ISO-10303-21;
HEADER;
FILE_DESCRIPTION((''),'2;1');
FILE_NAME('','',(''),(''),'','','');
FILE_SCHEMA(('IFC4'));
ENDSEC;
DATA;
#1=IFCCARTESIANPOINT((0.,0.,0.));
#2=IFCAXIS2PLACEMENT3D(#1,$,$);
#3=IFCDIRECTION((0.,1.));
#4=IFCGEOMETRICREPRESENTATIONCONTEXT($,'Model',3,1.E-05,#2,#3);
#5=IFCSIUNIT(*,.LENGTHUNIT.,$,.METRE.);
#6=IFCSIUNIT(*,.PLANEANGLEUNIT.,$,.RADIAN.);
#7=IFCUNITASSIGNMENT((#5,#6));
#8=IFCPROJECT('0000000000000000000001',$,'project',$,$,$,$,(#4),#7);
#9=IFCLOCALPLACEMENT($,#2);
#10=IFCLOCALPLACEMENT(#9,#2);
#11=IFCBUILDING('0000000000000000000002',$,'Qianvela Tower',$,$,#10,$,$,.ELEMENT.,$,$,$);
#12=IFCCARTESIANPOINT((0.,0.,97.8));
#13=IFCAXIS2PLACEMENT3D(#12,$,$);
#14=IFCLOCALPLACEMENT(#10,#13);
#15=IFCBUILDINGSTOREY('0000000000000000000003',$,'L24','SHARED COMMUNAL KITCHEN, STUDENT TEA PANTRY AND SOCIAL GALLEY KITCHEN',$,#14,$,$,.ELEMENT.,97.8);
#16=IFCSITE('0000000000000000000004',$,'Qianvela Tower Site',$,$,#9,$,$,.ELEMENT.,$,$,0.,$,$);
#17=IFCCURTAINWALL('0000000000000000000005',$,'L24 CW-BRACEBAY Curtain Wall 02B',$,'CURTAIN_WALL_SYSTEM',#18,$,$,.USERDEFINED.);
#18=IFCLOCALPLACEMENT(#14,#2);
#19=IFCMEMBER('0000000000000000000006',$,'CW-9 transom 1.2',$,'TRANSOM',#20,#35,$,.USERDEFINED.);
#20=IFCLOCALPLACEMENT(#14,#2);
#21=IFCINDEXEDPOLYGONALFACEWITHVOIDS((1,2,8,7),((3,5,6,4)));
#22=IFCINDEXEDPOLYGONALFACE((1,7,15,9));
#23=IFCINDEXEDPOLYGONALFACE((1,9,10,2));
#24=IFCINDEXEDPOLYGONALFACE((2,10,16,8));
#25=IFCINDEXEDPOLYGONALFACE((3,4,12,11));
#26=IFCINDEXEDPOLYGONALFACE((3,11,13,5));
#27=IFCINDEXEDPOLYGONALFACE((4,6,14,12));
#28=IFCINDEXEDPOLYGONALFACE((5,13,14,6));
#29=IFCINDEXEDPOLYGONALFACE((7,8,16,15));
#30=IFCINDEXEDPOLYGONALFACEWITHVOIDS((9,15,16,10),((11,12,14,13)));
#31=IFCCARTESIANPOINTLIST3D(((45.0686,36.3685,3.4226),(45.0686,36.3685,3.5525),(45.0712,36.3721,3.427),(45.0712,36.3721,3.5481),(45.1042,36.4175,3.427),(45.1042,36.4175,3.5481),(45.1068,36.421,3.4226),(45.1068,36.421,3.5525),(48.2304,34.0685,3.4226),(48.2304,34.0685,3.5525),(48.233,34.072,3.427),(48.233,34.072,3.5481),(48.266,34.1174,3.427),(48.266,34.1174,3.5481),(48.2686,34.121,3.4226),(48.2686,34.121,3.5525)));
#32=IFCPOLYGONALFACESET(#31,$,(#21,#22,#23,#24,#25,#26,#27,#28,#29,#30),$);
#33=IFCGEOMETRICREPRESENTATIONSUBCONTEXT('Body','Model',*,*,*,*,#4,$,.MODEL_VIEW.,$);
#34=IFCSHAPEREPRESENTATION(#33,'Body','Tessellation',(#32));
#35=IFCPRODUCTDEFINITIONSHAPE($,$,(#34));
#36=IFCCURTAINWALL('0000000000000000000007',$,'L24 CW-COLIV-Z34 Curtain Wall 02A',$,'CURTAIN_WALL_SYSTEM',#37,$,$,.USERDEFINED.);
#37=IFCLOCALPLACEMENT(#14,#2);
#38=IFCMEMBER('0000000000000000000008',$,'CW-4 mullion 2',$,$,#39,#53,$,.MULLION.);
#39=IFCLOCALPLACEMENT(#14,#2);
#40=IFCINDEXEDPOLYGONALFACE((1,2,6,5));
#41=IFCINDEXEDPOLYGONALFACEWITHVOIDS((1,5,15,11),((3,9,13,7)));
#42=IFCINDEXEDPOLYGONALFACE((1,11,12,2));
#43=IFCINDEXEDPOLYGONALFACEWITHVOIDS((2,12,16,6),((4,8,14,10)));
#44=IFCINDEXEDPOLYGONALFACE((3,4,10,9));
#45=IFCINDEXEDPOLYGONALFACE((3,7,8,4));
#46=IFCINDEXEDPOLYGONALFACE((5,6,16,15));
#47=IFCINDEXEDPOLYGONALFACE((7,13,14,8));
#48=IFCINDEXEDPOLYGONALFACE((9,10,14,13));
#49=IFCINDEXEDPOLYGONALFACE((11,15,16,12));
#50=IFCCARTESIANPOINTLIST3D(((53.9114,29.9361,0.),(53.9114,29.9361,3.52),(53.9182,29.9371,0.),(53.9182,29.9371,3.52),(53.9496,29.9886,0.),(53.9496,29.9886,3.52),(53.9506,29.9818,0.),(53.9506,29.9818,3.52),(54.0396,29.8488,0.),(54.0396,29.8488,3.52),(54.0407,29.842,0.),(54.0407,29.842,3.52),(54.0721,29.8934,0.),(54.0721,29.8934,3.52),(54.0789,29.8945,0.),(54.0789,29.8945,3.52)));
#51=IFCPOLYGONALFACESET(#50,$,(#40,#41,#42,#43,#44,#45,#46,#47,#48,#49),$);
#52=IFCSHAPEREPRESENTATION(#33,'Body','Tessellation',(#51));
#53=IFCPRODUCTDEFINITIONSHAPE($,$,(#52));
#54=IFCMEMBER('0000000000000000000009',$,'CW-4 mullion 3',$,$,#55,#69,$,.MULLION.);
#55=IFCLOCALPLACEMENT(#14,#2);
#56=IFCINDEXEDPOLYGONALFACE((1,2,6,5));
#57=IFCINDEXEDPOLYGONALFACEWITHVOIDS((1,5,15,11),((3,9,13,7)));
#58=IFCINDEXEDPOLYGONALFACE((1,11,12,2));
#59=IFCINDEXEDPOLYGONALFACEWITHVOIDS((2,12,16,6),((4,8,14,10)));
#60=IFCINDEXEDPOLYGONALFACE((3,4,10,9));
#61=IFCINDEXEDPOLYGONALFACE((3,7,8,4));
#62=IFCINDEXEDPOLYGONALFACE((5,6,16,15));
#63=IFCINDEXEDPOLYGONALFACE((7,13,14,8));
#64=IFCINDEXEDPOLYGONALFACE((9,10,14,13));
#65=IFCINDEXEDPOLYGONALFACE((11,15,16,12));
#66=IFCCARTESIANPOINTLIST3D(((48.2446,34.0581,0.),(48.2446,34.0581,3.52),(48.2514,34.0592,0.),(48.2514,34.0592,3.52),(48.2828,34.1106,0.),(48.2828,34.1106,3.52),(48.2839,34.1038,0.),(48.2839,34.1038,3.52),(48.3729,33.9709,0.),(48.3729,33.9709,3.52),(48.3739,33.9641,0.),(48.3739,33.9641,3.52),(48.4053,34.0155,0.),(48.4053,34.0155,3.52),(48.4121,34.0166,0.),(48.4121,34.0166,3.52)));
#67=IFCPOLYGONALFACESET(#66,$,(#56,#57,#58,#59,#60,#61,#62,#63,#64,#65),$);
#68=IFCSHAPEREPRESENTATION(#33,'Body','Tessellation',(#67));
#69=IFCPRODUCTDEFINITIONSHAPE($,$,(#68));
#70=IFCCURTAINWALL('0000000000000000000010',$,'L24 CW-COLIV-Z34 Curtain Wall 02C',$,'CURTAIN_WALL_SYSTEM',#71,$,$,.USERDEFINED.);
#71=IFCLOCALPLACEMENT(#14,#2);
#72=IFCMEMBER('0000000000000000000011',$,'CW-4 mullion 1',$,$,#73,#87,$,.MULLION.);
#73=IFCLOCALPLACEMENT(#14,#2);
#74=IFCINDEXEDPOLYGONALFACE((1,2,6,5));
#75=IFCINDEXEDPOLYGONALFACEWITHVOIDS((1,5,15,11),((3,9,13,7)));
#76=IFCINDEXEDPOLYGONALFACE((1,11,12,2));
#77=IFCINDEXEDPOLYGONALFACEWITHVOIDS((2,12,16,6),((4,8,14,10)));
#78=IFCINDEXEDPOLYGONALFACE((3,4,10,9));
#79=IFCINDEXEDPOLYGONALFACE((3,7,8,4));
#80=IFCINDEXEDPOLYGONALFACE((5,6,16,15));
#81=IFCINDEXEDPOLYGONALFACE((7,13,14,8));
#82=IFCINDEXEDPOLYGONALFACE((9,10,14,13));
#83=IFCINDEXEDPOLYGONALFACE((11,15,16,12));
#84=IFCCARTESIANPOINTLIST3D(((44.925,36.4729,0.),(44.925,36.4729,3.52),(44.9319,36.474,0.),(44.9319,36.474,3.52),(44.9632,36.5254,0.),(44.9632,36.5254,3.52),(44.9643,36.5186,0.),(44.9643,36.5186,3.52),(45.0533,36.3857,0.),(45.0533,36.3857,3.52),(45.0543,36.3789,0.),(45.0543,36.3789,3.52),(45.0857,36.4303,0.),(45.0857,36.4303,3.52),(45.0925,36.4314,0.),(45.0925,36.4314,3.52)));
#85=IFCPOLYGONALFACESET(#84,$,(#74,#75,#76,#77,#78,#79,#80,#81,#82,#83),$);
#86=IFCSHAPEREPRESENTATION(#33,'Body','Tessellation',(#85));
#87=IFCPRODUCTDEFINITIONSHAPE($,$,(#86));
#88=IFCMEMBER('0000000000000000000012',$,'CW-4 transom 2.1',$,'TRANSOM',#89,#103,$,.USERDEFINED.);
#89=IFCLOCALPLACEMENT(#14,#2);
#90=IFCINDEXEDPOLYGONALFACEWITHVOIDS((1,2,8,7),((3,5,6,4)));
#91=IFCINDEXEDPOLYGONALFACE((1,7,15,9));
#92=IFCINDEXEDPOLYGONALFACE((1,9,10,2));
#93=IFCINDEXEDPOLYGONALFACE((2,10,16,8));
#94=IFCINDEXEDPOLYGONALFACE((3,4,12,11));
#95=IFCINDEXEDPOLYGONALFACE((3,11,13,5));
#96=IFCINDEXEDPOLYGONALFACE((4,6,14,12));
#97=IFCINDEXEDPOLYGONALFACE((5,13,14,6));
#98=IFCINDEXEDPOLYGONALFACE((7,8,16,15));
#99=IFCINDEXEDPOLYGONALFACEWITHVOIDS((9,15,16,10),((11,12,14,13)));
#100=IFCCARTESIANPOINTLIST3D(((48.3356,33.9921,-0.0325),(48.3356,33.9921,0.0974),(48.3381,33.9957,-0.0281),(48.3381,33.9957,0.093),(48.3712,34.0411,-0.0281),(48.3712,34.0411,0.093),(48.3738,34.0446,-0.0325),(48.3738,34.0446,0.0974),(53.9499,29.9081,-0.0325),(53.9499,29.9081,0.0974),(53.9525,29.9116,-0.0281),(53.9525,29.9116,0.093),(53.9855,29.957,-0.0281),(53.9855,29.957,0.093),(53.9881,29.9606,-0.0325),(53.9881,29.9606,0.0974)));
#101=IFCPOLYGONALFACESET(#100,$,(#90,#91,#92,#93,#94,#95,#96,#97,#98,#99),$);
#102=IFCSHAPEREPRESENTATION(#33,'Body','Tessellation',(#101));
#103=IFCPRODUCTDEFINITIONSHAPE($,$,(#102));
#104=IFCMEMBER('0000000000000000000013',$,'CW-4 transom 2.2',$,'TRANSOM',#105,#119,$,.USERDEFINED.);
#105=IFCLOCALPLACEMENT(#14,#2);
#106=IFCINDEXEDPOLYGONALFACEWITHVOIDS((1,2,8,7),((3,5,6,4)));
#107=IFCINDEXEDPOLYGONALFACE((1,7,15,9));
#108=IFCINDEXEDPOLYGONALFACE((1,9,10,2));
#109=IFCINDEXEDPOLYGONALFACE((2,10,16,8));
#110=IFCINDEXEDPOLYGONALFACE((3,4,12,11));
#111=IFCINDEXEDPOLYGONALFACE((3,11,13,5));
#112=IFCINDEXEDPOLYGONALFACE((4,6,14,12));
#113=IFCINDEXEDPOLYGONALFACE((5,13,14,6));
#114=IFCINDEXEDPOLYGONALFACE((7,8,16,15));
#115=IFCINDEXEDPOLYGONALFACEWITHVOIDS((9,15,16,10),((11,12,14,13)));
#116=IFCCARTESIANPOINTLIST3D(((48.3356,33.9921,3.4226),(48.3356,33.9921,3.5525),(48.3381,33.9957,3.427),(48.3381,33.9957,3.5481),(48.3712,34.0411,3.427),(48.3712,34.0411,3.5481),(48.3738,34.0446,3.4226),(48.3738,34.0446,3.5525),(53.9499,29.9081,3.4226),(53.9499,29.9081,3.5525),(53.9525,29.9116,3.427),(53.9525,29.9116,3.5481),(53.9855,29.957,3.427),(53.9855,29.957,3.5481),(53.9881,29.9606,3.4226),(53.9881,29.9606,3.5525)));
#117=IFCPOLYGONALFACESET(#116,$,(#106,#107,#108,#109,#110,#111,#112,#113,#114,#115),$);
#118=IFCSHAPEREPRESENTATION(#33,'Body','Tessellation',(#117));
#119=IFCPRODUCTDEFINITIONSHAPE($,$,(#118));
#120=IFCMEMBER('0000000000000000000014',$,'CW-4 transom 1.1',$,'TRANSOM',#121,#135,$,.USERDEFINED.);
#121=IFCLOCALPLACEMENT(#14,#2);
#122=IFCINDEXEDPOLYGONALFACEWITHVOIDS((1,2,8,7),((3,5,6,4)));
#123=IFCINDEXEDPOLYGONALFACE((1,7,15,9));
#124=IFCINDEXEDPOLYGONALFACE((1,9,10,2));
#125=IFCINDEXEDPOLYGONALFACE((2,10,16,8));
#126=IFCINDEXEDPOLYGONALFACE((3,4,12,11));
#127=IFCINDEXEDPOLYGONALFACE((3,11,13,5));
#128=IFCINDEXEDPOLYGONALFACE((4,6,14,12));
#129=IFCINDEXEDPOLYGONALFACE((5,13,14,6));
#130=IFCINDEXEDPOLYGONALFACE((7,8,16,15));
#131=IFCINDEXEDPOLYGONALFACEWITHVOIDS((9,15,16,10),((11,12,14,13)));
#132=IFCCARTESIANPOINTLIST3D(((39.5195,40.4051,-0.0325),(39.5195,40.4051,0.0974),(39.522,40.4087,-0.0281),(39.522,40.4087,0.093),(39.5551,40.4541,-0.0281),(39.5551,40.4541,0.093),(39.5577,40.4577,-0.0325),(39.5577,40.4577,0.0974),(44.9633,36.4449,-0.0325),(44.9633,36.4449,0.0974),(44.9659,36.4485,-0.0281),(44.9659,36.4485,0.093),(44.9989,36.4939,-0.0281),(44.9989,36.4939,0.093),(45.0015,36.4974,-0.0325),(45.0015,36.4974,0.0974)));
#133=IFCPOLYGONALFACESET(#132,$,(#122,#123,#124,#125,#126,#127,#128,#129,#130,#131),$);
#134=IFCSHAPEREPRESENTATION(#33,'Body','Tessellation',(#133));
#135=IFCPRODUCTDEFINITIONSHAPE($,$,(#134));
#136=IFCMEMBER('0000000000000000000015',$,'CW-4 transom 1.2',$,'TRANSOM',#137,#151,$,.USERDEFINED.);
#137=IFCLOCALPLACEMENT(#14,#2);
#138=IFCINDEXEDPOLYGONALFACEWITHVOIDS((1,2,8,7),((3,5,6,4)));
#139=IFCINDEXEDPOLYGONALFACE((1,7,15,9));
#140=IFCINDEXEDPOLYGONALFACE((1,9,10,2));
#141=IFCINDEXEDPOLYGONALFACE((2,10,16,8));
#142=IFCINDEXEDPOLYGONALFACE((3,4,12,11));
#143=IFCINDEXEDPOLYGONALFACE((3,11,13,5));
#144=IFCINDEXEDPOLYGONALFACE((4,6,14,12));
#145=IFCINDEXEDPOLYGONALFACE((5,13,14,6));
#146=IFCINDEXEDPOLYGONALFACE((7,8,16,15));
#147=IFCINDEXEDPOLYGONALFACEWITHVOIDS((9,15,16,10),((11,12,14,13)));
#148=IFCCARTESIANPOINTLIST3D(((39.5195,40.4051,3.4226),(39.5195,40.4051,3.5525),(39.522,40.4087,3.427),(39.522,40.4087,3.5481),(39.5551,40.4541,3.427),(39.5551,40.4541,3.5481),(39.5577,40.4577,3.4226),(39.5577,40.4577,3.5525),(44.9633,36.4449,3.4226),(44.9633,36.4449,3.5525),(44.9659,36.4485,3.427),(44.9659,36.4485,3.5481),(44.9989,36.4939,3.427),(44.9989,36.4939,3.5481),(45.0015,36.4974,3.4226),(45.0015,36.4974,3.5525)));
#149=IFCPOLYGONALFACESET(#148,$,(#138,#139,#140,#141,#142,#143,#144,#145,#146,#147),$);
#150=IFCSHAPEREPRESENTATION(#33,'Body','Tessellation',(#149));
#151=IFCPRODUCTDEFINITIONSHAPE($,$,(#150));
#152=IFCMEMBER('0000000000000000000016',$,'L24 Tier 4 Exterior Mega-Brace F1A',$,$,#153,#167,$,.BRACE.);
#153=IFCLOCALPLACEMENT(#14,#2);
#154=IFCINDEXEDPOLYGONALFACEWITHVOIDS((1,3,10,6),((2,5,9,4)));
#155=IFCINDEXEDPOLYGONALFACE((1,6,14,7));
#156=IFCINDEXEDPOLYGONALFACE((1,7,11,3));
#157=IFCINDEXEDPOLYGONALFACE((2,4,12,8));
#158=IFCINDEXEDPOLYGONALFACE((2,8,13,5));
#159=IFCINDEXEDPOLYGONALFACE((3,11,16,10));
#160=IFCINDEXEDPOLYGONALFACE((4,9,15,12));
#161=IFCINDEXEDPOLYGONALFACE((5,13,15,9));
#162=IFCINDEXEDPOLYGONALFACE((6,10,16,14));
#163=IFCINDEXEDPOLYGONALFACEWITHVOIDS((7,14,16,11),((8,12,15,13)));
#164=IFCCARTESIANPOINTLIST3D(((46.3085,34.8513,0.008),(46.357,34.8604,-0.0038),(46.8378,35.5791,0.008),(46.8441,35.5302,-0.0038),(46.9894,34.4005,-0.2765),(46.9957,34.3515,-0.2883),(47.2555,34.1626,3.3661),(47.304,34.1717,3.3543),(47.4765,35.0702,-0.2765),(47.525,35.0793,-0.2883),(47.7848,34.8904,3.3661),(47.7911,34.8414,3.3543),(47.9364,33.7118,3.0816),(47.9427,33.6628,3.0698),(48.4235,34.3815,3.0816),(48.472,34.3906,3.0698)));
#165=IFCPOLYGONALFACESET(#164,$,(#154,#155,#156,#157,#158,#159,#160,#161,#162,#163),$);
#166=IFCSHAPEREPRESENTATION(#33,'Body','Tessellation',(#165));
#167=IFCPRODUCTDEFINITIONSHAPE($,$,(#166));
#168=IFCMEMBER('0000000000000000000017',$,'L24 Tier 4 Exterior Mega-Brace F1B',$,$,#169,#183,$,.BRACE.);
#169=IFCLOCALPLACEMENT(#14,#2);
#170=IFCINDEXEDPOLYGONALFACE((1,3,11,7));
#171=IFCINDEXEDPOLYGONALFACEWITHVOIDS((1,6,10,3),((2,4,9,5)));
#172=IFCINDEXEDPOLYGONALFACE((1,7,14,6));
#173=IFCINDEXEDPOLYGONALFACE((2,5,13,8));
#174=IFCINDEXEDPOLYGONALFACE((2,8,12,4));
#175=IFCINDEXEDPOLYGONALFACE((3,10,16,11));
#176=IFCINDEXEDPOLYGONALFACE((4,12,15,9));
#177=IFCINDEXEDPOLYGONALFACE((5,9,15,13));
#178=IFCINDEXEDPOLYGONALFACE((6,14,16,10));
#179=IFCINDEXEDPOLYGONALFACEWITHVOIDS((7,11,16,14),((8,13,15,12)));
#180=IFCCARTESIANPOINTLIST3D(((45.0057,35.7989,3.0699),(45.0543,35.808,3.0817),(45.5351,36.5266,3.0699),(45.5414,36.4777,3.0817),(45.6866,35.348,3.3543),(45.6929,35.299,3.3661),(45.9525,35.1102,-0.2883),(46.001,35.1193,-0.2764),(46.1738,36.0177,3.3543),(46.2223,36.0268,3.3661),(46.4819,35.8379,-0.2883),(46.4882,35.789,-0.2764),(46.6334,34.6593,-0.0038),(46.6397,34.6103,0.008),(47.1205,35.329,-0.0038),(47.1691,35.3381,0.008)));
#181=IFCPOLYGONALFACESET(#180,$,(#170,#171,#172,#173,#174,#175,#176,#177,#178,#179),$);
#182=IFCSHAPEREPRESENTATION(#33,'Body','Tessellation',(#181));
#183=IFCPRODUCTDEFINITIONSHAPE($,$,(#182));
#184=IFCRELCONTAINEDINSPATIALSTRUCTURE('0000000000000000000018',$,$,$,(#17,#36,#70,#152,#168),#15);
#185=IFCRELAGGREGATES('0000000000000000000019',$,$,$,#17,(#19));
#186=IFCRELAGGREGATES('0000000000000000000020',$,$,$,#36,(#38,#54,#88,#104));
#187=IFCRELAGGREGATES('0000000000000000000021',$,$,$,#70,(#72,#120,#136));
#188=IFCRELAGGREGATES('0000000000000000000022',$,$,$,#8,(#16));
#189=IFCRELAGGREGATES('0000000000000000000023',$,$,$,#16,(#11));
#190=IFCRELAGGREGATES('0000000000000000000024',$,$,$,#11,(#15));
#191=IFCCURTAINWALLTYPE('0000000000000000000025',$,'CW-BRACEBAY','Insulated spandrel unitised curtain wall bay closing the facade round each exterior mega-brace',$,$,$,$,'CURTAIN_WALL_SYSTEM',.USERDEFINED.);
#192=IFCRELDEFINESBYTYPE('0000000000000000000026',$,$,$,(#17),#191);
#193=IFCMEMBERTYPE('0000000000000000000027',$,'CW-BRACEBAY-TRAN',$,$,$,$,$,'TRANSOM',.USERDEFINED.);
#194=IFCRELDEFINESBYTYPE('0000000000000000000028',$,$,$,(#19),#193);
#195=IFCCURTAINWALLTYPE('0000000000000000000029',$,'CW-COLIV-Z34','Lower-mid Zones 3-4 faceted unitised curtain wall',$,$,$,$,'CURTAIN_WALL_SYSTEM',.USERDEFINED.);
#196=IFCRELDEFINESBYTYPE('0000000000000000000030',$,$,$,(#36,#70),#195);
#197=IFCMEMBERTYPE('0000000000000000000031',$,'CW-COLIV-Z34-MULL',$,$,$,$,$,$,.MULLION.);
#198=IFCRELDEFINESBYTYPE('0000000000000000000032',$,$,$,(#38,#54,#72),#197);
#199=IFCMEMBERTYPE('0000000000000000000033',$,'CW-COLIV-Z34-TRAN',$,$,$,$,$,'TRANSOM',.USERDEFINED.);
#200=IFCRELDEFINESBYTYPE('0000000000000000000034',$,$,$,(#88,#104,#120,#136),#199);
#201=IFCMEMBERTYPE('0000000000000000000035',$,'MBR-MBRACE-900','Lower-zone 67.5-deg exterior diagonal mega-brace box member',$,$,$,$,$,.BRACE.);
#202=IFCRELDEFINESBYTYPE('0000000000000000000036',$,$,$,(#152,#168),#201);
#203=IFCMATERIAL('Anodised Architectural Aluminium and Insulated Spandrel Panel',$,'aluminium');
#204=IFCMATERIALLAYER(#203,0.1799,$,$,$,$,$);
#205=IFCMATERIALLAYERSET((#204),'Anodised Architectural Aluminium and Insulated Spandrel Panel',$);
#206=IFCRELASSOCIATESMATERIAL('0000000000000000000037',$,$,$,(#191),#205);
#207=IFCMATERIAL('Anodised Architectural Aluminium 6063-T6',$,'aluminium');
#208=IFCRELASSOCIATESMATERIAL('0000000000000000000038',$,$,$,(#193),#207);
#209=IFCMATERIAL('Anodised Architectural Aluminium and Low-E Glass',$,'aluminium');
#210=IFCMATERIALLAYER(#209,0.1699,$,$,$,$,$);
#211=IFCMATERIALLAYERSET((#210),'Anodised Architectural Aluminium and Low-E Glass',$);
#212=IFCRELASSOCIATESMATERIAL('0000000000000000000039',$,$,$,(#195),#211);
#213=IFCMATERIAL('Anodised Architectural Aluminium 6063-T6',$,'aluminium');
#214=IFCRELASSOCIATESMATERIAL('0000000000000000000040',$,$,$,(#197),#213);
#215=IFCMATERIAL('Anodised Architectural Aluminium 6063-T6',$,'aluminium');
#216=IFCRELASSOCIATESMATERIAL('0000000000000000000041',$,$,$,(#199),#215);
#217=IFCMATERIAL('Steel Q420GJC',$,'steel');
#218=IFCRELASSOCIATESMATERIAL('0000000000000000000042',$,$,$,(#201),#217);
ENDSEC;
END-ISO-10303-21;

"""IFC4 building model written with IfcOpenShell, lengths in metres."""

from ifc_helpers import new_model, si_unit, direction, frame, origin, origin_2d, place, context, subcontext, project, spatial, hollow_rectangle, extrude, material, layer, layer_set, material_profile, profile_set, type_object, element, aggregate, save


model = new_model("IFC4")

# Units and contexts
model_context = context("Model", 3, precision=1e-05, world=origin(), true_north=direction((0.0, 1.0)))
body_context = subcontext(model_context, "Body", "Model", "MODEL_VIEW")
ifc_project = project(units=[si_unit("LENGTHUNIT", "METRE"), si_unit("PLANEANGLEUNIT", "RADIAN")], contexts=[model_context])

# Site, building, storey
site_placement = place(None, origin())
site = spatial("IfcSite", under=ifc_project, at=site_placement, Name="Qianvela Tower Site", CompositionType="ELEMENT", RefElevation=0.0)
building_placement = place(site_placement, origin())
building = spatial("IfcBuilding", under=site, at=building_placement, Name="Qianvela Tower", CompositionType="ELEMENT")
storey_placement = place(building_placement, frame((0.0, 0.0, 97.8)))
storey = spatial("IfcBuildingStorey", under=building, at=storey_placement, Name="L24", Description="SHARED COMMUNAL KITCHEN, STUDENT TEA PANTRY AND SOCIAL GALLEY KITCHEN", CompositionType="ELEMENT", Elevation=97.8)

# Curtain walls, members
ifc_material_1 = material(Name="Anodised Architectural Aluminium and Insulated Spandrel Panel", Category="aluminium")
ifc_layer_1 = layer(ifc_material_1, 0.1799)
ifc_layer_set_1 = layer_set([ifc_layer_1], Name="Anodised Architectural Aluminium and Insulated Spandrel Panel")
curtain_wall_type_1 = type_object("IfcCurtainWallType", Name="CW-BRACEBAY", Description="Insulated spandrel unitised curtain wall bay closing the facade round each exterior mega-brace", ElementType="CURTAIN_WALL_SYSTEM", PredefinedType="USERDEFINED", material=ifc_layer_set_1)
curtain_wall_1_placement = place(storey_placement, origin())
curtain_wall_1 = element("IfcCurtainWall", 1, at=curtain_wall_1_placement, inside=storey, type_object=curtain_wall_type_1, Name="L24 CW-BRACEBAY Curtain Wall 02B", ObjectType="CURTAIN_WALL_SYSTEM", PredefinedType="USERDEFINED")
ifc_material_2 = material(Name="Anodised Architectural Aluminium 6063-T6", Category="aluminium")
ifc_material_profile_1 = material_profile(ifc_material_2, hollow_rectangle(XDim=0.0649, YDim=0.1299, WallThickness=0.0044, at=origin_2d()), Name="ALU-TRAN-65x130")
ifc_profile_set_1 = profile_set([ifc_material_profile_1], Name="Anodised Architectural Aluminium 6063-T6")
member_type_1 = type_object("IfcMemberType", Name="CW-BRACEBAY-TRAN", ElementType="TRANSOM", PredefinedType="USERDEFINED", material=ifc_profile_set_1)
member_1_placement = place(storey_placement, frame((48.2495, 34.0947, 3.4875), z_axis=(-0.808674, 0.588257, 0.0), x_axis=(-0.588257, -0.808674, 0.0)))
member_1 = element("IfcMember", 2, at=member_1_placement, type_object=member_type_1, Name="CW-9 transom 1.2", ObjectType="TRANSOM", PredefinedType="USERDEFINED", context=body_context, shape_type="SweptSolid", body=[
    extrude(hollow_rectangle(XDim=0.0649, YDim=0.1299, WallThickness=0.0044, at=origin_2d()), origin(), (0.0, 0.0, 1.0), 3.9099),
])
ifc_material_3 = material(Name="Anodised Architectural Aluminium and Low-E Glass", Category="aluminium")
ifc_layer_2 = layer(ifc_material_3, 0.1699)
ifc_layer_set_2 = layer_set([ifc_layer_2], Name="Anodised Architectural Aluminium and Low-E Glass")
curtain_wall_type_2 = type_object("IfcCurtainWallType", Name="CW-COLIV-Z34", Description="Lower-mid Zones 3-4 faceted unitised curtain wall", ElementType="CURTAIN_WALL_SYSTEM", PredefinedType="USERDEFINED", material=ifc_layer_set_2)
curtain_wall_2_placement = place(storey_placement, origin())
curtain_wall_2 = element("IfcCurtainWall", 3, at=curtain_wall_2_placement, inside=storey, type_object=curtain_wall_type_2, Name="L24 CW-COLIV-Z34 Curtain Wall 02A", ObjectType="CURTAIN_WALL_SYSTEM", PredefinedType="USERDEFINED")
ifc_material_4 = material(Name="Anodised Architectural Aluminium 6063-T6", Category="aluminium")
ifc_material_profile_2 = material_profile(ifc_material_4, hollow_rectangle(XDim=0.0649, YDim=0.1599, WallThickness=0.0049, at=origin_2d()), Name="ALU-MULL-65x160")
ifc_profile_set_2 = profile_set([ifc_material_profile_2], Name="Anodised Architectural Aluminium 6063-T6")
member_type_2 = type_object("IfcMemberType", Name="CW-COLIV-Z34-MULL", PredefinedType="MULLION", material=ifc_profile_set_2)
member_2_placement = place(storey_placement, frame((53.9951, 29.9153, 0.0), z_axis=(0.0, 0.0, 1.0), x_axis=(-0.588252, -0.808678, 0.0)))
member_2 = element("IfcMember", 4, at=member_2_placement, type_object=member_type_2, Name="CW-4 mullion 2", PredefinedType="MULLION", context=body_context, shape_type="SweptSolid", body=[
    extrude(hollow_rectangle(XDim=0.0649, YDim=0.1599, WallThickness=0.0049, at=origin_2d()), origin(), (0.0, 0.0, 1.0), 3.52),
])
member_3_placement = place(storey_placement, frame((48.3284, 34.0374, 0.0), z_axis=(0.0, 0.0, 1.0), x_axis=(-0.588252, -0.808678, 0.0)))
member_3 = element("IfcMember", 5, at=member_3_placement, type_object=member_type_2, Name="CW-4 mullion 3", PredefinedType="MULLION", context=body_context, shape_type="SweptSolid", body=[
    extrude(hollow_rectangle(XDim=0.0649, YDim=0.1599, WallThickness=0.0049, at=origin_2d()), origin(), (0.0, 0.0, 1.0), 3.52),
])

# Curtain wall, member
curtain_wall_3_placement = place(storey_placement, origin())
curtain_wall_3 = element("IfcCurtainWall", 6, at=curtain_wall_3_placement, inside=storey, type_object=curtain_wall_type_2, Name="L24 CW-COLIV-Z34 Curtain Wall 02C", ObjectType="CURTAIN_WALL_SYSTEM", PredefinedType="USERDEFINED")
member_4_placement = place(storey_placement, frame((45.0088, 36.4521, 0.0), z_axis=(0.0, 0.0, 1.0), x_axis=(-0.588255, -0.808676, 0.0)))
member_4 = element("IfcMember", 7, at=member_4_placement, type_object=member_type_2, Name="CW-4 mullion 1", PredefinedType="MULLION", context=body_context, shape_type="SweptSolid", body=[
    extrude(hollow_rectangle(XDim=0.0649, YDim=0.1599, WallThickness=0.0049, at=origin_2d()), origin(), (0.0, 0.0, 1.0), 3.52),
])

# Members
ifc_material_5 = material(Name="Anodised Architectural Aluminium 6063-T6", Category="aluminium")
ifc_material_profile_3 = material_profile(ifc_material_5, hollow_rectangle(XDim=0.0649, YDim=0.1299, WallThickness=0.0044, at=origin_2d()), Name="ALU-TRAN-65x130")
ifc_profile_set_3 = profile_set([ifc_material_profile_3], Name="Anodised Architectural Aluminium 6063-T6")
member_type_3 = type_object("IfcMemberType", Name="CW-COLIV-Z34-TRAN", ElementType="TRANSOM", PredefinedType="USERDEFINED", material=ifc_profile_set_3)
member_5_placement = place(storey_placement, frame((53.969, 29.9343, 0.0325), z_axis=(-0.808675, 0.588255, 0.0), x_axis=(-0.588255, -0.808675, 0.0)))
member_5 = element("IfcMember", 8, at=member_5_placement, type_object=member_type_3, Name="CW-4 transom 2.1", ObjectType="TRANSOM", PredefinedType="USERDEFINED", context=body_context, shape_type="SweptSolid", body=[
    extrude(hollow_rectangle(XDim=0.0649, YDim=0.1299, WallThickness=0.0044, at=origin_2d()), origin(), (0.0, 0.0, 1.0), 6.9426),
])
member_6_placement = place(storey_placement, frame((53.969, 29.9343, 3.4875), z_axis=(-0.808675, 0.588255, 0.0), x_axis=(-0.588255, -0.808675, 0.0)))
member_6 = element("IfcMember", 9, at=member_6_placement, type_object=member_type_3, Name="CW-4 transom 2.2", ObjectType="TRANSOM", PredefinedType="USERDEFINED", context=body_context, shape_type="SweptSolid", body=[
    extrude(hollow_rectangle(XDim=0.0649, YDim=0.1299, WallThickness=0.0044, at=origin_2d()), origin(), (0.0, 0.0, 1.0), 6.9426),
])
member_7_placement = place(storey_placement, frame((44.9824, 36.4712, 0.0325), z_axis=(-0.808662, 0.588273, 0.0), x_axis=(-0.588273, -0.808662, 0.0)))
member_7 = element("IfcMember", 10, at=member_7_placement, type_object=member_type_3, Name="CW-4 transom 1.1", ObjectType="TRANSOM", PredefinedType="USERDEFINED", context=body_context, shape_type="SweptSolid", body=[
    extrude(hollow_rectangle(XDim=0.0649, YDim=0.1299, WallThickness=0.0044, at=origin_2d()), origin(), (0.0, 0.0, 1.0), 6.7319),
])
member_8_placement = place(storey_placement, frame((44.9824, 36.4712, 3.4875), z_axis=(-0.808662, 0.588273, 0.0), x_axis=(-0.588273, -0.808662, 0.0)))
member_8 = element("IfcMember", 11, at=member_8_placement, type_object=member_type_3, Name="CW-4 transom 1.2", ObjectType="TRANSOM", PredefinedType="USERDEFINED", context=body_context, shape_type="SweptSolid", body=[
    extrude(hollow_rectangle(XDim=0.0649, YDim=0.1299, WallThickness=0.0044, at=origin_2d()), origin(), (0.0, 0.0, 1.0), 6.7319),
])

# Members
ifc_material_6 = material(Name="Steel Q420GJC", Category="steel")
ifc_material_profile_4 = material_profile(ifc_material_6, hollow_rectangle(XDim=0.8999, YDim=0.8999, WallThickness=0.0359, at=origin_2d()), Name="MBOX-900x900x36")
ifc_profile_set_4 = profile_set([ifc_material_profile_4], Name="Steel Q420GJC")
member_type_4 = type_object("IfcMemberType", Name="MBR-MBRACE-900", Description="Lower-zone 67.5-deg exterior diagonal mega-brace box member", PredefinedType="BRACE", material=ifc_profile_set_4)
for number, where, z_axis, x_axis, name in (
    (12, (46.9167, 34.9653, -0.1401), (0.266282, -0.193654, 0.944242), (0.588159, 0.808745, 0.0), "L24 Tier 4 Exterior Mega-Brace F1A"),
    (13, (46.5608, 35.2241, -0.1401), (-0.266219, 0.193657, 0.944259), (-0.588258, -0.808673, 0.0), "L24 Tier 4 Exterior Mega-Brace F1B"),
):
    element("IfcMember", number, at=place(storey_placement, frame(where, z_axis=z_axis, x_axis=x_axis)), inside=storey, type_object=member_type_4, Name=name, PredefinedType="BRACE", context=body_context, shape_type="SweptSolid", body=[
        extrude(hollow_rectangle(XDim=0.8999, YDim=0.8999, WallThickness=0.0359, at=origin_2d()), origin(), (0.0, 0.0, 1.0), 3.5564),
    ])

aggregate(curtain_wall_1, [member_1])
aggregate(curtain_wall_2, [member_2, member_3, member_5, member_6])
aggregate(curtain_wall_3, [member_4, member_7, member_8])

save(model, "model.ifc")
